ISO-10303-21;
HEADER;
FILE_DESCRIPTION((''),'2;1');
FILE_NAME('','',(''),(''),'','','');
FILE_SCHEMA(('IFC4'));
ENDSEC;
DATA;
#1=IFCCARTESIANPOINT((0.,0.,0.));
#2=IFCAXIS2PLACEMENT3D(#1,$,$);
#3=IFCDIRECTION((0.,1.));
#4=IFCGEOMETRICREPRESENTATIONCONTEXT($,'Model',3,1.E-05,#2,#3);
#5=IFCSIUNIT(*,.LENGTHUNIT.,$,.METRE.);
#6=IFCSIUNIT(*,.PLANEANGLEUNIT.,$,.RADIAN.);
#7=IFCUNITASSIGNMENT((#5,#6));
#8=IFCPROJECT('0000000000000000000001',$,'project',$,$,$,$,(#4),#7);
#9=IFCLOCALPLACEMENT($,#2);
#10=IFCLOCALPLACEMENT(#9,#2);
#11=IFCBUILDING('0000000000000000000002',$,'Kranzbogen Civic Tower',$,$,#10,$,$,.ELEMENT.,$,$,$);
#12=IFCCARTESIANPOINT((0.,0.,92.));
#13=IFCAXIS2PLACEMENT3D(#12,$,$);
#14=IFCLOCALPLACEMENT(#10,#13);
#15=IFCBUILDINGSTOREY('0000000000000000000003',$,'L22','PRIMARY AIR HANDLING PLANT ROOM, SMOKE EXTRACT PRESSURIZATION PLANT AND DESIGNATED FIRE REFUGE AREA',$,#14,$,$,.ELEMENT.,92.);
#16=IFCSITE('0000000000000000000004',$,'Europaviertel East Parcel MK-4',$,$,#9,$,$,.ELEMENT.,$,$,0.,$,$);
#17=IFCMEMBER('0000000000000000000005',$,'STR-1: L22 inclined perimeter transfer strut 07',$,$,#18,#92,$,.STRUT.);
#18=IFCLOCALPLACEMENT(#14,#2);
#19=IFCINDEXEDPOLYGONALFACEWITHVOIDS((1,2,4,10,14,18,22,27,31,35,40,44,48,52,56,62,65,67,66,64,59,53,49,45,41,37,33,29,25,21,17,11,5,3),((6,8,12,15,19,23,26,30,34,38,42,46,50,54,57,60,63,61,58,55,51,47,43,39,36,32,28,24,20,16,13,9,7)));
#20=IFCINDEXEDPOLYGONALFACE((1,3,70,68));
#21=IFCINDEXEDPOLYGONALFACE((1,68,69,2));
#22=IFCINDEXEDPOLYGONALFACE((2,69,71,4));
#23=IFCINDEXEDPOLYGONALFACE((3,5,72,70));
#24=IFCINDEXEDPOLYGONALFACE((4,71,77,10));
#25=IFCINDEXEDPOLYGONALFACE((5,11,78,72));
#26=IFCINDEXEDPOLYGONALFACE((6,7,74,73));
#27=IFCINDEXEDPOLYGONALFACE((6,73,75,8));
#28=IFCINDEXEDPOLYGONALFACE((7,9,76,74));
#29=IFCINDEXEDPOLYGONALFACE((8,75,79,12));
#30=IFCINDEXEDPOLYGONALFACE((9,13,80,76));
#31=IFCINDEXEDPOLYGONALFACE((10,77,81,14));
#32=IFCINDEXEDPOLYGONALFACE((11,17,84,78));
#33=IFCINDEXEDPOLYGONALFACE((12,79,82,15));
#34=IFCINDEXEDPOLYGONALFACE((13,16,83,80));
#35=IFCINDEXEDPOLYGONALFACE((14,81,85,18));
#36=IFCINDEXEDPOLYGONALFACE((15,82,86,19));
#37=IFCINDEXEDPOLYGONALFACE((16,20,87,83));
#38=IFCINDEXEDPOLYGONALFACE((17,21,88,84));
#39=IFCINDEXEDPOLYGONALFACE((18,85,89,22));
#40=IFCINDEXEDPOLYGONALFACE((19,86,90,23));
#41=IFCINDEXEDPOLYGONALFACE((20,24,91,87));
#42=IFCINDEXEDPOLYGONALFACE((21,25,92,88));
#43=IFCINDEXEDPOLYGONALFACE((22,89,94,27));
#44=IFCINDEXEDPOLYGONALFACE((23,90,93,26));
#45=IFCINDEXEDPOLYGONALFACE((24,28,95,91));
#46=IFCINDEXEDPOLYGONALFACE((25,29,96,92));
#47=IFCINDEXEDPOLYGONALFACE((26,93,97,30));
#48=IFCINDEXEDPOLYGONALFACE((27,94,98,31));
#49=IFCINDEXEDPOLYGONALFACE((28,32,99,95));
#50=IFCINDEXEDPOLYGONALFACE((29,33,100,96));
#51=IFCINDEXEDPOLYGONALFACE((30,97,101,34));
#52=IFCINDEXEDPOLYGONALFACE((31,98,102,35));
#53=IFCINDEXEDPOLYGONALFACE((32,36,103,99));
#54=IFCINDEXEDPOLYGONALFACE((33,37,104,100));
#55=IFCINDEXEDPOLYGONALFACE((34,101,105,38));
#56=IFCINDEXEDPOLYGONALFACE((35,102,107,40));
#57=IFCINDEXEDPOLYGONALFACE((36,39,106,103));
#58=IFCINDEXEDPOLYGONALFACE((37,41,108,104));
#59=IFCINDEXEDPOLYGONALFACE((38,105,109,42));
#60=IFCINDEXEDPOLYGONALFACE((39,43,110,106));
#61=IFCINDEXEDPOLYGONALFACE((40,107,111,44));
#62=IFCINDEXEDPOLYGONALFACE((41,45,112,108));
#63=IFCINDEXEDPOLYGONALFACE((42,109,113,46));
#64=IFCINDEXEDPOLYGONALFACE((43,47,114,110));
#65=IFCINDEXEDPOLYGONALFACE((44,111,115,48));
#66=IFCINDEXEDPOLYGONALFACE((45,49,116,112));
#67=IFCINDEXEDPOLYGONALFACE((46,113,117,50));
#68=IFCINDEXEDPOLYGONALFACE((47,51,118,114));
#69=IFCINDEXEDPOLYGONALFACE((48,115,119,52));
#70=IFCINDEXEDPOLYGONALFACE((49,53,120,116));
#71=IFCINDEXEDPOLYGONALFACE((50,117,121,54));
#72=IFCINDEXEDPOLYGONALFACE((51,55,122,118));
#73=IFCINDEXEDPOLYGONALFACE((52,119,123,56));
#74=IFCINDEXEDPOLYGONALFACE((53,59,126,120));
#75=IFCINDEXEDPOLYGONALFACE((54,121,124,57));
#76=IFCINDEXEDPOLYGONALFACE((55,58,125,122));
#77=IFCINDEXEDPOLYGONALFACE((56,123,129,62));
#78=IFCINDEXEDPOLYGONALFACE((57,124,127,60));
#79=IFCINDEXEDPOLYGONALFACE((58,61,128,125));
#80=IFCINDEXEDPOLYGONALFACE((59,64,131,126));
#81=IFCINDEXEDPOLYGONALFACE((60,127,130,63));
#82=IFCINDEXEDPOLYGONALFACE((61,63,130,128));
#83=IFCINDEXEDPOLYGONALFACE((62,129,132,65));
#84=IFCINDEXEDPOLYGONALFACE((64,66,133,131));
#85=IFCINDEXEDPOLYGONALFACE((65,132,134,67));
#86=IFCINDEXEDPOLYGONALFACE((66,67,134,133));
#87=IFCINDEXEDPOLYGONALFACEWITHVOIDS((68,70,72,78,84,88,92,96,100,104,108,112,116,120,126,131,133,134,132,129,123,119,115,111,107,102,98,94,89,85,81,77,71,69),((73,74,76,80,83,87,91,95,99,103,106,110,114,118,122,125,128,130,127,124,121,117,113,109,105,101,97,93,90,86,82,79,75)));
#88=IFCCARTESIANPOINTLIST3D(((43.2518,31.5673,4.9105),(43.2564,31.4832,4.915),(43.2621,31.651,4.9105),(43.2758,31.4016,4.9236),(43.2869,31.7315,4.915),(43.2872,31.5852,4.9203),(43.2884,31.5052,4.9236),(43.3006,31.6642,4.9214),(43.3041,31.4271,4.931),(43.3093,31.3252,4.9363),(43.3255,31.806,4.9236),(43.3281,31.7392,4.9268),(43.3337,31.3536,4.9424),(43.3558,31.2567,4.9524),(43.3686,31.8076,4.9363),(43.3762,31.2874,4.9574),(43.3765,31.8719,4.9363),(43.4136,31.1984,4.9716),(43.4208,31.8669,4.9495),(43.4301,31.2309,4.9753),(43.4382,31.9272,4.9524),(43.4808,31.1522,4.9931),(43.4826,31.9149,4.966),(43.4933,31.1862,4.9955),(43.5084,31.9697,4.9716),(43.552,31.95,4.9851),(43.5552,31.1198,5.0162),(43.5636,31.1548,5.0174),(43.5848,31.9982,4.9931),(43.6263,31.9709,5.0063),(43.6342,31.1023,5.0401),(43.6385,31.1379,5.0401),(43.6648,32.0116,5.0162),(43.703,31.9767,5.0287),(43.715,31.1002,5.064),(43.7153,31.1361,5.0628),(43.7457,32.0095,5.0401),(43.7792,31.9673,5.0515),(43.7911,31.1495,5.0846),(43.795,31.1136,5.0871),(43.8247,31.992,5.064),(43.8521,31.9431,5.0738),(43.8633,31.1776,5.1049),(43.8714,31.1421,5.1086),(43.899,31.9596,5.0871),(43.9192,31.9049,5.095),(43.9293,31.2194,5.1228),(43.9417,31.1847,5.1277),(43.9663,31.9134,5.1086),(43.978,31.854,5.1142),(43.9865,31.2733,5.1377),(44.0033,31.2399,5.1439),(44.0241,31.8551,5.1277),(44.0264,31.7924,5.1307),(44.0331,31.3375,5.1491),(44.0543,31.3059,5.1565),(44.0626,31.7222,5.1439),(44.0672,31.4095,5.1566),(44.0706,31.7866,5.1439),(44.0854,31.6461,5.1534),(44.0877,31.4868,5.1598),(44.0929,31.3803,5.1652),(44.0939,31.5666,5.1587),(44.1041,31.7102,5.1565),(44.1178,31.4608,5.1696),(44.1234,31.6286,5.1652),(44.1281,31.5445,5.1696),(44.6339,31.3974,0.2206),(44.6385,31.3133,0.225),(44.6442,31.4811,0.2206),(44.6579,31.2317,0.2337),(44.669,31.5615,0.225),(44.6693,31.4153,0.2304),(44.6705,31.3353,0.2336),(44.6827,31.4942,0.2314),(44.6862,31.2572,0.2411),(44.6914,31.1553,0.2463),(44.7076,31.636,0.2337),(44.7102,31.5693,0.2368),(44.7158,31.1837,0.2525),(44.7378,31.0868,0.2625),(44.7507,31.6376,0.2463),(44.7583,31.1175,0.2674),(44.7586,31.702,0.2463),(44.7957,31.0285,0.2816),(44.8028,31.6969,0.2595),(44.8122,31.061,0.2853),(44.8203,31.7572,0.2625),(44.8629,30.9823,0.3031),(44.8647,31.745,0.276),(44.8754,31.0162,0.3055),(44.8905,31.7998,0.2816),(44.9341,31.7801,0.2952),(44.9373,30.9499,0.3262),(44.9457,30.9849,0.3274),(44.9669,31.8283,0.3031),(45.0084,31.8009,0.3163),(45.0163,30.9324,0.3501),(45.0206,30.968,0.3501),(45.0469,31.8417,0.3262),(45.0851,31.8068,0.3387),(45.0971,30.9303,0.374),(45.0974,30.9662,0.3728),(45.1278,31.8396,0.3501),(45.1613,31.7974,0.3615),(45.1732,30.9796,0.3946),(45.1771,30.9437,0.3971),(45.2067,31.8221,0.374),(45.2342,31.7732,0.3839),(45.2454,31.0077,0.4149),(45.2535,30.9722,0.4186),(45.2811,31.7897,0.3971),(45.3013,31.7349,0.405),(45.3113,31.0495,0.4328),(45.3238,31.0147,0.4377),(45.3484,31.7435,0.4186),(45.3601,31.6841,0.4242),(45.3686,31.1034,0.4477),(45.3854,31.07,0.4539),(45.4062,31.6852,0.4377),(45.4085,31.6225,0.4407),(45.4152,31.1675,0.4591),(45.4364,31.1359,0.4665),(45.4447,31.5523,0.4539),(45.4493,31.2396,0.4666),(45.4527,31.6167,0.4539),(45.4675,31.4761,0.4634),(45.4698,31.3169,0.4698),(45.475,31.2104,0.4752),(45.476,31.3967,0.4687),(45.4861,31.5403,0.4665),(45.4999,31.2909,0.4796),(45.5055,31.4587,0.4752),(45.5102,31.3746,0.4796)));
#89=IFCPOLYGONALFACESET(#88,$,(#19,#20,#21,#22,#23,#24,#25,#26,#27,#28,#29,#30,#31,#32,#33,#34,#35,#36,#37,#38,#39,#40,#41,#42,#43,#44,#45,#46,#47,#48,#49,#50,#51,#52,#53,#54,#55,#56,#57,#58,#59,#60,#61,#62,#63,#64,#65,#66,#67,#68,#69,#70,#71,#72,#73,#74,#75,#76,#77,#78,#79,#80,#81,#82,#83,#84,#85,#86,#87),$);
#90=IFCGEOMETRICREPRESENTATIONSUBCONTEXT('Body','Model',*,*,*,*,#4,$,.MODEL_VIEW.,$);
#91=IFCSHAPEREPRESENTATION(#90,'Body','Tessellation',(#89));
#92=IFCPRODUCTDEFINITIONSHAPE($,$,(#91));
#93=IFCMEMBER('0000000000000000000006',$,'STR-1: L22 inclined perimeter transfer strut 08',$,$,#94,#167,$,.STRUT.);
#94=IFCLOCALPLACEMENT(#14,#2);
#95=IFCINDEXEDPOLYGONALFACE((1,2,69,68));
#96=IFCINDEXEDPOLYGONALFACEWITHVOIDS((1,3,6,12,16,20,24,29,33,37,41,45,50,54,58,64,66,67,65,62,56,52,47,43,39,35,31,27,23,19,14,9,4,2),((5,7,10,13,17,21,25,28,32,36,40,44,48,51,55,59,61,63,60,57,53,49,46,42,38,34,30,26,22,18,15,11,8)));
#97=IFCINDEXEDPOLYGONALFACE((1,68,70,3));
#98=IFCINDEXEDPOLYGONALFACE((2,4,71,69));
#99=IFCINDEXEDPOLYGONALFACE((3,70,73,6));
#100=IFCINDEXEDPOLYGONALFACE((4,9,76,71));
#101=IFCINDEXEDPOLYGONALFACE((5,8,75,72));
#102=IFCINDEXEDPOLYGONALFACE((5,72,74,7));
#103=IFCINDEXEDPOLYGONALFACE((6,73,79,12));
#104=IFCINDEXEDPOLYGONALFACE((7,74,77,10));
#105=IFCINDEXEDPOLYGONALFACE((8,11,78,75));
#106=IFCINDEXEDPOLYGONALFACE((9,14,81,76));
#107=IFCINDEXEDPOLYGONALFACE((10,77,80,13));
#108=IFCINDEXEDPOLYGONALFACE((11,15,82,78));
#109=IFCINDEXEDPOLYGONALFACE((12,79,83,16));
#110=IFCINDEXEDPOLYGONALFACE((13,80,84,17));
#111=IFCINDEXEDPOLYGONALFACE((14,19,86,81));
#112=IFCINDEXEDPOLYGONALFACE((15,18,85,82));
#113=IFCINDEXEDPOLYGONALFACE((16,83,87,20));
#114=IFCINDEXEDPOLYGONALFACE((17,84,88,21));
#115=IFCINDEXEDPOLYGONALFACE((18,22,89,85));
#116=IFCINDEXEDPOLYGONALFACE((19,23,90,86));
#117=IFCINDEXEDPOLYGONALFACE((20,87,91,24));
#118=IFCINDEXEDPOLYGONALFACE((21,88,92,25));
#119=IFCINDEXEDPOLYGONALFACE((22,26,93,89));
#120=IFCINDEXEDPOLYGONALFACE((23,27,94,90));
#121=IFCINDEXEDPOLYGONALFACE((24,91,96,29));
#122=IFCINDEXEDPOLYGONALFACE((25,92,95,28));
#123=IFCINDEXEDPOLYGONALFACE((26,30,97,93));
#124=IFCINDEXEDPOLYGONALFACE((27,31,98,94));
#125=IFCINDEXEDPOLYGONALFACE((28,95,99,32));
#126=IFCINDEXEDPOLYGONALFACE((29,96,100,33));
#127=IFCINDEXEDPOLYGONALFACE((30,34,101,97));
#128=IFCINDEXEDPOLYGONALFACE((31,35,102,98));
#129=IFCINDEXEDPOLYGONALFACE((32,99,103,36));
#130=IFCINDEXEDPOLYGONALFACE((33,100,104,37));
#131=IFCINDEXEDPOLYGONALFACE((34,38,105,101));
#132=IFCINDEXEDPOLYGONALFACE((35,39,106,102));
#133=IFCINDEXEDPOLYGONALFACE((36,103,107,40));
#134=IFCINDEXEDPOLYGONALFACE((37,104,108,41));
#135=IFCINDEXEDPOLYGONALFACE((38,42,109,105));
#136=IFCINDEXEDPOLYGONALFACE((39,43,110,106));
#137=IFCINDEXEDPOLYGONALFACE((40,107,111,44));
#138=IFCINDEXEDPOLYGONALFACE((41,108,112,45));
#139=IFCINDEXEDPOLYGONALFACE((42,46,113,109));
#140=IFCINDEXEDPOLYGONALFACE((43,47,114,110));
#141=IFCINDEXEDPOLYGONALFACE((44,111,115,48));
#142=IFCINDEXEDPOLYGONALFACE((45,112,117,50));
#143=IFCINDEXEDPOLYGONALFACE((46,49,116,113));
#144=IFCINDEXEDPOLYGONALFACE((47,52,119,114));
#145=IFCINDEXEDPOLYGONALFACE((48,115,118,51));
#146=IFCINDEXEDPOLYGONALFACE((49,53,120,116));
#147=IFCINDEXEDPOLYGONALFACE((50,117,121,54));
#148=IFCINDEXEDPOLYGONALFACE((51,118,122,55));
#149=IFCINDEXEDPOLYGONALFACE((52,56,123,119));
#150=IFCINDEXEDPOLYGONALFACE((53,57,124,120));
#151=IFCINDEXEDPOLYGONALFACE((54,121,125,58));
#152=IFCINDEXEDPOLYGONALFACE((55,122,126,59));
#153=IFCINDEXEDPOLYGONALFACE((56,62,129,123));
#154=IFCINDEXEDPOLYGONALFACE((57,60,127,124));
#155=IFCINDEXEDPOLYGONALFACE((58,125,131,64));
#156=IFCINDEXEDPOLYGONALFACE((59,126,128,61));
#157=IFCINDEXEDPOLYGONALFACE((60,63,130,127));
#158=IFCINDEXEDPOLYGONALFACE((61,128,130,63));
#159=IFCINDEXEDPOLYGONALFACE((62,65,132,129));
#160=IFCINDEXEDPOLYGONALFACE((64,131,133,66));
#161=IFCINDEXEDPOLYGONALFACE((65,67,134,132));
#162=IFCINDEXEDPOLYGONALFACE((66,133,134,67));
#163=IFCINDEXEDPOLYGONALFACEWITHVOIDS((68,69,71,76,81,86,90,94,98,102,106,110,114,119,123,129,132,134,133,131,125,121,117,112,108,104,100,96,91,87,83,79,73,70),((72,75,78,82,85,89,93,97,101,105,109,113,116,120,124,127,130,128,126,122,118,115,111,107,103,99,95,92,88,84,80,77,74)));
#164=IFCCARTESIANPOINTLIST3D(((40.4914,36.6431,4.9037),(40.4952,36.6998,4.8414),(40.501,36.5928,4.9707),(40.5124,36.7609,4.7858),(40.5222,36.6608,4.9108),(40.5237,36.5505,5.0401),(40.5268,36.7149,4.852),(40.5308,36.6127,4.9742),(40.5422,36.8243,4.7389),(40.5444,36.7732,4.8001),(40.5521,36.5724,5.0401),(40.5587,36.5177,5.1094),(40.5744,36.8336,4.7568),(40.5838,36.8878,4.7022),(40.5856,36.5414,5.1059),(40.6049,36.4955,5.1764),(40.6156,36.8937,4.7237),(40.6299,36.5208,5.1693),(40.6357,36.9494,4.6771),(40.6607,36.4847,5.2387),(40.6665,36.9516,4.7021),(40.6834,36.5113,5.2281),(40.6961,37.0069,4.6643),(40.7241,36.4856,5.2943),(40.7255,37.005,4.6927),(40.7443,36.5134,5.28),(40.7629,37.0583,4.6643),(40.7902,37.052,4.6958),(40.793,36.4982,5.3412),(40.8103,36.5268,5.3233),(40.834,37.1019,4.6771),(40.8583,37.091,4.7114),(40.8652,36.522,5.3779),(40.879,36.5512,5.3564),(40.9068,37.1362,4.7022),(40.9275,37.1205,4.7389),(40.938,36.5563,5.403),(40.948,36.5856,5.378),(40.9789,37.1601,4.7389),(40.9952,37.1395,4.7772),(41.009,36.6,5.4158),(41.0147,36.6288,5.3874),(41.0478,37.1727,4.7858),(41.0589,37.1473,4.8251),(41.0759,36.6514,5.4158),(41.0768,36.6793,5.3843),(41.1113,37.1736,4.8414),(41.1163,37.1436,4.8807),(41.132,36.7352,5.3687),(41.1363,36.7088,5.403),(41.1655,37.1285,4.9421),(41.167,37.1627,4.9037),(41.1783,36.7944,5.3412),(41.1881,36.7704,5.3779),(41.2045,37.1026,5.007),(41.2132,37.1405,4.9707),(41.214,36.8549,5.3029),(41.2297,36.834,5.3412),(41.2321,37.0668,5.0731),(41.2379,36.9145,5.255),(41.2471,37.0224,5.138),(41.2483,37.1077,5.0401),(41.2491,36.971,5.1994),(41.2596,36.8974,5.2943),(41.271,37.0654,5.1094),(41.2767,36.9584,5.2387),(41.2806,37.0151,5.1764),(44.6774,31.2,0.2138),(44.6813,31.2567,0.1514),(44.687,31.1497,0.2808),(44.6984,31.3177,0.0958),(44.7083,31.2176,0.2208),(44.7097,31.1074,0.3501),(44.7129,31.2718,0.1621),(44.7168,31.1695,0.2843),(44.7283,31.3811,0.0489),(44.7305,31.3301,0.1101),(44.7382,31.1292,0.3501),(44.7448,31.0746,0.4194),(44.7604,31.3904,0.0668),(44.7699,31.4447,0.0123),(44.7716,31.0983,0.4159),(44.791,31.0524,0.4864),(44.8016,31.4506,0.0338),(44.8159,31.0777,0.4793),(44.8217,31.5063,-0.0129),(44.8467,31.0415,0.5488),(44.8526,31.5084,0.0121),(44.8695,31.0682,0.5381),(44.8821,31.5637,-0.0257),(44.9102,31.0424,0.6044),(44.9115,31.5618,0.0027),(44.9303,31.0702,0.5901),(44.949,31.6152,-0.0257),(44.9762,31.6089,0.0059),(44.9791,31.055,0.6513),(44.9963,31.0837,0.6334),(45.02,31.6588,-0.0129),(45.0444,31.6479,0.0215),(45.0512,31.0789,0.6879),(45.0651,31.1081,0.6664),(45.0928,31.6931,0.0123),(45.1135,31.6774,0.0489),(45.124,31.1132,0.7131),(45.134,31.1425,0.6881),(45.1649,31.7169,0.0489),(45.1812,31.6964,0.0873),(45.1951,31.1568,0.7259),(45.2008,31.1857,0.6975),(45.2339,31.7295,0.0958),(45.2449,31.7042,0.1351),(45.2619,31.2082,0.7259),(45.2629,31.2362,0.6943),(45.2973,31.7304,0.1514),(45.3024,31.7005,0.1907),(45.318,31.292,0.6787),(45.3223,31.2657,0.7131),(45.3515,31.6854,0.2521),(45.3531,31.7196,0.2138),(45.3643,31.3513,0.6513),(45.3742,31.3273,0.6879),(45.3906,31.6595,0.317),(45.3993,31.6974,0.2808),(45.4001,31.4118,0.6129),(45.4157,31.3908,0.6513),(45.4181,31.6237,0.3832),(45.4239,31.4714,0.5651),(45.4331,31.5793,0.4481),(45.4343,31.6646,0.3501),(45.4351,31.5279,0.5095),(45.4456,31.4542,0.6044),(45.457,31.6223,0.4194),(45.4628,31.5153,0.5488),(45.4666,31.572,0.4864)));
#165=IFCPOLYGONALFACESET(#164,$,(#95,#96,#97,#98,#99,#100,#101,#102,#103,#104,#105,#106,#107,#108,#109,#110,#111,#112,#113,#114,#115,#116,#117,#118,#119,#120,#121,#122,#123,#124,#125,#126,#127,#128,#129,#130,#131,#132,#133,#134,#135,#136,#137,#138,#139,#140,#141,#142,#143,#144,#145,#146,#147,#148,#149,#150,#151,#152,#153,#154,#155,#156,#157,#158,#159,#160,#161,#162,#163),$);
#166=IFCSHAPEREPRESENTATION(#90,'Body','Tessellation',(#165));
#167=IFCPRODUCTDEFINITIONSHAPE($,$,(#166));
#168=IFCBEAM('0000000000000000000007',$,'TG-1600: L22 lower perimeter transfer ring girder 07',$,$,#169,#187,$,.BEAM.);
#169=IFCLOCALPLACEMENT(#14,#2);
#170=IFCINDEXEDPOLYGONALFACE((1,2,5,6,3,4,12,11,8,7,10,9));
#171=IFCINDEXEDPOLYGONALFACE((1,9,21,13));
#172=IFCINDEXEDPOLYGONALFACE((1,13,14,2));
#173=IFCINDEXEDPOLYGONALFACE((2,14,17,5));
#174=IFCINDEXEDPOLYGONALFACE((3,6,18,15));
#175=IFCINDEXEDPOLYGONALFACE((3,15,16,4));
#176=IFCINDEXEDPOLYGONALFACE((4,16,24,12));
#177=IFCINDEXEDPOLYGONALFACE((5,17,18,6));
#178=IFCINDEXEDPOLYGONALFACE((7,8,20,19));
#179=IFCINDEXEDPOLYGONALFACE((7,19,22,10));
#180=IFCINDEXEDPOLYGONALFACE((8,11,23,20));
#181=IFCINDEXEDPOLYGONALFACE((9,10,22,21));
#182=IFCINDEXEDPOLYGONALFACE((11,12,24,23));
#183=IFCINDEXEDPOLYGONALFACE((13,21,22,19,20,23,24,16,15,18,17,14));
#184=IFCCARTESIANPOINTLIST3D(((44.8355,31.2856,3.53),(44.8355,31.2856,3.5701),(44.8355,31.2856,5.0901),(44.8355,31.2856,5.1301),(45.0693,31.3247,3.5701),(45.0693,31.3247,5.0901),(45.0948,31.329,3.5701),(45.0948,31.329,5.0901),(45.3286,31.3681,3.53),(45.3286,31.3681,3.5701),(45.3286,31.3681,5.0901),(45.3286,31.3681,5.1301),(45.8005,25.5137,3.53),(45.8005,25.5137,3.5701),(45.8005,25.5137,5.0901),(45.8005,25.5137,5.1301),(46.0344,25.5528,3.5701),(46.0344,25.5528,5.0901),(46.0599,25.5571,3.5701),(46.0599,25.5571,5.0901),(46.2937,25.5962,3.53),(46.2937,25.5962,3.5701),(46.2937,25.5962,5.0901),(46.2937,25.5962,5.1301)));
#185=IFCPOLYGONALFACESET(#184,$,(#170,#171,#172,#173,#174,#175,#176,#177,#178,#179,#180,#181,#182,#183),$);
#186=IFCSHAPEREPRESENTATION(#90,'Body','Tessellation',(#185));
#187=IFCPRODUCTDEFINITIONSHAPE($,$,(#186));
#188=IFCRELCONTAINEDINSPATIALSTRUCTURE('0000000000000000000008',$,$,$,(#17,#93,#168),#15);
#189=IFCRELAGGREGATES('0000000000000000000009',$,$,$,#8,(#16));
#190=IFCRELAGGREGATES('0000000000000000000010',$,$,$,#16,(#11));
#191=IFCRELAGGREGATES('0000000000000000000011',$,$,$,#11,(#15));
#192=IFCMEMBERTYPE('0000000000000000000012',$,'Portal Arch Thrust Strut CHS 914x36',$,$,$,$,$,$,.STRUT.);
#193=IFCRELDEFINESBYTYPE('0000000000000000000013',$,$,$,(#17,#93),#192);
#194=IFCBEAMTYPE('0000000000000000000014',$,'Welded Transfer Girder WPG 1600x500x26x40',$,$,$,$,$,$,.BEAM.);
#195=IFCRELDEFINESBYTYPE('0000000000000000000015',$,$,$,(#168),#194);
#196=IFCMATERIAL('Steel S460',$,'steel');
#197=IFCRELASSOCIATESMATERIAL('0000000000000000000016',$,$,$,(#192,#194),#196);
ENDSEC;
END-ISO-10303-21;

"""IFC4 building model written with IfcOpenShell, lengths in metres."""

from ifc_helpers import new_model, si_unit, direction, frame, origin, origin_2d, place, context, subcontext, project, spatial, hollow_circle, i_section, extrude, material, material_profile, profile_set, type_object, element, save


model = new_model("IFC4")

# Units and contexts
model_context = context("Model", 3, precision=1e-05, world=origin(), true_north=direction((0.0, 1.0)))
body_context = subcontext(model_context, "Body", "Model", "MODEL_VIEW")
ifc_project = project(units=[si_unit("LENGTHUNIT", "METRE"), si_unit("PLANEANGLEUNIT", "RADIAN")], contexts=[model_context])

# Site, building, storey
site_placement = place(None, origin())
site = spatial("IfcSite", under=ifc_project, at=site_placement, Name="Europaviertel East Parcel MK-4", CompositionType="ELEMENT", RefElevation=0.0)
building_placement = place(site_placement, origin())
building = spatial("IfcBuilding", under=site, at=building_placement, Name="Kranzbogen Civic Tower", CompositionType="ELEMENT")
storey_placement = place(building_placement, frame((0.0, 0.0, 92.0)))
storey = spatial("IfcBuildingStorey", under=building, at=storey_placement, Name="L22", Description="PRIMARY AIR HANDLING PLANT ROOM, SMOKE EXTRACT PRESSURIZATION PLANT AND DESIGNATED FIRE REFUGE AREA", CompositionType="ELEMENT", Elevation=92.0)

# Members
ifc_material_1 = material(Name="Steel S460", Category="steel")
ifc_material_profile_1 = material_profile(ifc_material_1, hollow_circle(Radius=0.457, WallThickness=0.0359, at=origin_2d()), Name="CHS 914x36")
ifc_profile_set_1 = profile_set([ifc_material_profile_1], Name="Steel S460")
member_type_1 = type_object("IfcMemberType", Name="Portal Arch Thrust Strut CHS 914x36", PredefinedType="STRUT", material=ifc_profile_set_1)
member_1_placement = place(storey_placement, frame((45.072, 31.386, 0.3501), z_axis=(-0.282501, 0.034733, 0.958638), x_axis=(-0.122028, -0.992527, 0.0)))
element("IfcMember", 1, at=member_1_placement, inside=storey, type_object=member_type_1, Name="STR-1: L22 inclined perimeter transfer strut 07", PredefinedType="STRUT", context=body_context, shape_type="SweptSolid", body=[
    extrude(hollow_circle(Radius=0.457, WallThickness=0.0359, at=origin_2d()), origin(), (0.0, 0.0, 1.0), 4.8923),
])
member_2_placement = place(storey_placement, frame((45.072, 31.386, 0.3501), z_axis=(-0.503407, 0.654582, 0.564006), x_axis=(-0.792693, -0.609621, 0.0)))
element("IfcMember", 2, at=member_2_placement, inside=storey, type_object=member_type_1, Name="STR-1: L22 inclined perimeter transfer strut 08", PredefinedType="STRUT", context=body_context, shape_type="SweptSolid", body=[
    extrude(hollow_circle(Radius=0.457, WallThickness=0.0359, at=origin_2d()), origin(), (0.0, 0.0, 1.0), 8.3154),
])

# Beam
ifc_material_profile_2 = material_profile(ifc_material_1, i_section(OverallWidth=0.5, OverallDepth=1.6001, WebThickness=0.0259, FlangeThickness=0.04, at=origin_2d()), Name="WPG 1600x500x26x40")
ifc_profile_set_2 = profile_set([ifc_material_profile_2], Name="Steel S460")
beam_type = type_object("IfcBeamType", Name="Welded Transfer Girder WPG 1600x500x26x40", PredefinedType="BEAM", material=ifc_profile_set_2)
beam_1_placement = place(storey_placement, frame((46.0471, 25.5549, 4.3301), z_axis=(-0.164913, 0.986308, 0.0), x_axis=(-0.986308, -0.164913, 0.0)))
element("IfcBeam", 3, at=beam_1_placement, inside=storey, type_object=beam_type, Name="TG-1600: L22 lower perimeter transfer ring girder 07", PredefinedType="BEAM", context=body_context, shape_type="SweptSolid", body=[
    extrude(i_section(OverallWidth=0.5, OverallDepth=1.6001, WebThickness=0.0259, FlangeThickness=0.04, at=origin_2d()), origin(), (0.0, 0.0, 1.0), 5.8521),
])

save(model, "model.ifc")
